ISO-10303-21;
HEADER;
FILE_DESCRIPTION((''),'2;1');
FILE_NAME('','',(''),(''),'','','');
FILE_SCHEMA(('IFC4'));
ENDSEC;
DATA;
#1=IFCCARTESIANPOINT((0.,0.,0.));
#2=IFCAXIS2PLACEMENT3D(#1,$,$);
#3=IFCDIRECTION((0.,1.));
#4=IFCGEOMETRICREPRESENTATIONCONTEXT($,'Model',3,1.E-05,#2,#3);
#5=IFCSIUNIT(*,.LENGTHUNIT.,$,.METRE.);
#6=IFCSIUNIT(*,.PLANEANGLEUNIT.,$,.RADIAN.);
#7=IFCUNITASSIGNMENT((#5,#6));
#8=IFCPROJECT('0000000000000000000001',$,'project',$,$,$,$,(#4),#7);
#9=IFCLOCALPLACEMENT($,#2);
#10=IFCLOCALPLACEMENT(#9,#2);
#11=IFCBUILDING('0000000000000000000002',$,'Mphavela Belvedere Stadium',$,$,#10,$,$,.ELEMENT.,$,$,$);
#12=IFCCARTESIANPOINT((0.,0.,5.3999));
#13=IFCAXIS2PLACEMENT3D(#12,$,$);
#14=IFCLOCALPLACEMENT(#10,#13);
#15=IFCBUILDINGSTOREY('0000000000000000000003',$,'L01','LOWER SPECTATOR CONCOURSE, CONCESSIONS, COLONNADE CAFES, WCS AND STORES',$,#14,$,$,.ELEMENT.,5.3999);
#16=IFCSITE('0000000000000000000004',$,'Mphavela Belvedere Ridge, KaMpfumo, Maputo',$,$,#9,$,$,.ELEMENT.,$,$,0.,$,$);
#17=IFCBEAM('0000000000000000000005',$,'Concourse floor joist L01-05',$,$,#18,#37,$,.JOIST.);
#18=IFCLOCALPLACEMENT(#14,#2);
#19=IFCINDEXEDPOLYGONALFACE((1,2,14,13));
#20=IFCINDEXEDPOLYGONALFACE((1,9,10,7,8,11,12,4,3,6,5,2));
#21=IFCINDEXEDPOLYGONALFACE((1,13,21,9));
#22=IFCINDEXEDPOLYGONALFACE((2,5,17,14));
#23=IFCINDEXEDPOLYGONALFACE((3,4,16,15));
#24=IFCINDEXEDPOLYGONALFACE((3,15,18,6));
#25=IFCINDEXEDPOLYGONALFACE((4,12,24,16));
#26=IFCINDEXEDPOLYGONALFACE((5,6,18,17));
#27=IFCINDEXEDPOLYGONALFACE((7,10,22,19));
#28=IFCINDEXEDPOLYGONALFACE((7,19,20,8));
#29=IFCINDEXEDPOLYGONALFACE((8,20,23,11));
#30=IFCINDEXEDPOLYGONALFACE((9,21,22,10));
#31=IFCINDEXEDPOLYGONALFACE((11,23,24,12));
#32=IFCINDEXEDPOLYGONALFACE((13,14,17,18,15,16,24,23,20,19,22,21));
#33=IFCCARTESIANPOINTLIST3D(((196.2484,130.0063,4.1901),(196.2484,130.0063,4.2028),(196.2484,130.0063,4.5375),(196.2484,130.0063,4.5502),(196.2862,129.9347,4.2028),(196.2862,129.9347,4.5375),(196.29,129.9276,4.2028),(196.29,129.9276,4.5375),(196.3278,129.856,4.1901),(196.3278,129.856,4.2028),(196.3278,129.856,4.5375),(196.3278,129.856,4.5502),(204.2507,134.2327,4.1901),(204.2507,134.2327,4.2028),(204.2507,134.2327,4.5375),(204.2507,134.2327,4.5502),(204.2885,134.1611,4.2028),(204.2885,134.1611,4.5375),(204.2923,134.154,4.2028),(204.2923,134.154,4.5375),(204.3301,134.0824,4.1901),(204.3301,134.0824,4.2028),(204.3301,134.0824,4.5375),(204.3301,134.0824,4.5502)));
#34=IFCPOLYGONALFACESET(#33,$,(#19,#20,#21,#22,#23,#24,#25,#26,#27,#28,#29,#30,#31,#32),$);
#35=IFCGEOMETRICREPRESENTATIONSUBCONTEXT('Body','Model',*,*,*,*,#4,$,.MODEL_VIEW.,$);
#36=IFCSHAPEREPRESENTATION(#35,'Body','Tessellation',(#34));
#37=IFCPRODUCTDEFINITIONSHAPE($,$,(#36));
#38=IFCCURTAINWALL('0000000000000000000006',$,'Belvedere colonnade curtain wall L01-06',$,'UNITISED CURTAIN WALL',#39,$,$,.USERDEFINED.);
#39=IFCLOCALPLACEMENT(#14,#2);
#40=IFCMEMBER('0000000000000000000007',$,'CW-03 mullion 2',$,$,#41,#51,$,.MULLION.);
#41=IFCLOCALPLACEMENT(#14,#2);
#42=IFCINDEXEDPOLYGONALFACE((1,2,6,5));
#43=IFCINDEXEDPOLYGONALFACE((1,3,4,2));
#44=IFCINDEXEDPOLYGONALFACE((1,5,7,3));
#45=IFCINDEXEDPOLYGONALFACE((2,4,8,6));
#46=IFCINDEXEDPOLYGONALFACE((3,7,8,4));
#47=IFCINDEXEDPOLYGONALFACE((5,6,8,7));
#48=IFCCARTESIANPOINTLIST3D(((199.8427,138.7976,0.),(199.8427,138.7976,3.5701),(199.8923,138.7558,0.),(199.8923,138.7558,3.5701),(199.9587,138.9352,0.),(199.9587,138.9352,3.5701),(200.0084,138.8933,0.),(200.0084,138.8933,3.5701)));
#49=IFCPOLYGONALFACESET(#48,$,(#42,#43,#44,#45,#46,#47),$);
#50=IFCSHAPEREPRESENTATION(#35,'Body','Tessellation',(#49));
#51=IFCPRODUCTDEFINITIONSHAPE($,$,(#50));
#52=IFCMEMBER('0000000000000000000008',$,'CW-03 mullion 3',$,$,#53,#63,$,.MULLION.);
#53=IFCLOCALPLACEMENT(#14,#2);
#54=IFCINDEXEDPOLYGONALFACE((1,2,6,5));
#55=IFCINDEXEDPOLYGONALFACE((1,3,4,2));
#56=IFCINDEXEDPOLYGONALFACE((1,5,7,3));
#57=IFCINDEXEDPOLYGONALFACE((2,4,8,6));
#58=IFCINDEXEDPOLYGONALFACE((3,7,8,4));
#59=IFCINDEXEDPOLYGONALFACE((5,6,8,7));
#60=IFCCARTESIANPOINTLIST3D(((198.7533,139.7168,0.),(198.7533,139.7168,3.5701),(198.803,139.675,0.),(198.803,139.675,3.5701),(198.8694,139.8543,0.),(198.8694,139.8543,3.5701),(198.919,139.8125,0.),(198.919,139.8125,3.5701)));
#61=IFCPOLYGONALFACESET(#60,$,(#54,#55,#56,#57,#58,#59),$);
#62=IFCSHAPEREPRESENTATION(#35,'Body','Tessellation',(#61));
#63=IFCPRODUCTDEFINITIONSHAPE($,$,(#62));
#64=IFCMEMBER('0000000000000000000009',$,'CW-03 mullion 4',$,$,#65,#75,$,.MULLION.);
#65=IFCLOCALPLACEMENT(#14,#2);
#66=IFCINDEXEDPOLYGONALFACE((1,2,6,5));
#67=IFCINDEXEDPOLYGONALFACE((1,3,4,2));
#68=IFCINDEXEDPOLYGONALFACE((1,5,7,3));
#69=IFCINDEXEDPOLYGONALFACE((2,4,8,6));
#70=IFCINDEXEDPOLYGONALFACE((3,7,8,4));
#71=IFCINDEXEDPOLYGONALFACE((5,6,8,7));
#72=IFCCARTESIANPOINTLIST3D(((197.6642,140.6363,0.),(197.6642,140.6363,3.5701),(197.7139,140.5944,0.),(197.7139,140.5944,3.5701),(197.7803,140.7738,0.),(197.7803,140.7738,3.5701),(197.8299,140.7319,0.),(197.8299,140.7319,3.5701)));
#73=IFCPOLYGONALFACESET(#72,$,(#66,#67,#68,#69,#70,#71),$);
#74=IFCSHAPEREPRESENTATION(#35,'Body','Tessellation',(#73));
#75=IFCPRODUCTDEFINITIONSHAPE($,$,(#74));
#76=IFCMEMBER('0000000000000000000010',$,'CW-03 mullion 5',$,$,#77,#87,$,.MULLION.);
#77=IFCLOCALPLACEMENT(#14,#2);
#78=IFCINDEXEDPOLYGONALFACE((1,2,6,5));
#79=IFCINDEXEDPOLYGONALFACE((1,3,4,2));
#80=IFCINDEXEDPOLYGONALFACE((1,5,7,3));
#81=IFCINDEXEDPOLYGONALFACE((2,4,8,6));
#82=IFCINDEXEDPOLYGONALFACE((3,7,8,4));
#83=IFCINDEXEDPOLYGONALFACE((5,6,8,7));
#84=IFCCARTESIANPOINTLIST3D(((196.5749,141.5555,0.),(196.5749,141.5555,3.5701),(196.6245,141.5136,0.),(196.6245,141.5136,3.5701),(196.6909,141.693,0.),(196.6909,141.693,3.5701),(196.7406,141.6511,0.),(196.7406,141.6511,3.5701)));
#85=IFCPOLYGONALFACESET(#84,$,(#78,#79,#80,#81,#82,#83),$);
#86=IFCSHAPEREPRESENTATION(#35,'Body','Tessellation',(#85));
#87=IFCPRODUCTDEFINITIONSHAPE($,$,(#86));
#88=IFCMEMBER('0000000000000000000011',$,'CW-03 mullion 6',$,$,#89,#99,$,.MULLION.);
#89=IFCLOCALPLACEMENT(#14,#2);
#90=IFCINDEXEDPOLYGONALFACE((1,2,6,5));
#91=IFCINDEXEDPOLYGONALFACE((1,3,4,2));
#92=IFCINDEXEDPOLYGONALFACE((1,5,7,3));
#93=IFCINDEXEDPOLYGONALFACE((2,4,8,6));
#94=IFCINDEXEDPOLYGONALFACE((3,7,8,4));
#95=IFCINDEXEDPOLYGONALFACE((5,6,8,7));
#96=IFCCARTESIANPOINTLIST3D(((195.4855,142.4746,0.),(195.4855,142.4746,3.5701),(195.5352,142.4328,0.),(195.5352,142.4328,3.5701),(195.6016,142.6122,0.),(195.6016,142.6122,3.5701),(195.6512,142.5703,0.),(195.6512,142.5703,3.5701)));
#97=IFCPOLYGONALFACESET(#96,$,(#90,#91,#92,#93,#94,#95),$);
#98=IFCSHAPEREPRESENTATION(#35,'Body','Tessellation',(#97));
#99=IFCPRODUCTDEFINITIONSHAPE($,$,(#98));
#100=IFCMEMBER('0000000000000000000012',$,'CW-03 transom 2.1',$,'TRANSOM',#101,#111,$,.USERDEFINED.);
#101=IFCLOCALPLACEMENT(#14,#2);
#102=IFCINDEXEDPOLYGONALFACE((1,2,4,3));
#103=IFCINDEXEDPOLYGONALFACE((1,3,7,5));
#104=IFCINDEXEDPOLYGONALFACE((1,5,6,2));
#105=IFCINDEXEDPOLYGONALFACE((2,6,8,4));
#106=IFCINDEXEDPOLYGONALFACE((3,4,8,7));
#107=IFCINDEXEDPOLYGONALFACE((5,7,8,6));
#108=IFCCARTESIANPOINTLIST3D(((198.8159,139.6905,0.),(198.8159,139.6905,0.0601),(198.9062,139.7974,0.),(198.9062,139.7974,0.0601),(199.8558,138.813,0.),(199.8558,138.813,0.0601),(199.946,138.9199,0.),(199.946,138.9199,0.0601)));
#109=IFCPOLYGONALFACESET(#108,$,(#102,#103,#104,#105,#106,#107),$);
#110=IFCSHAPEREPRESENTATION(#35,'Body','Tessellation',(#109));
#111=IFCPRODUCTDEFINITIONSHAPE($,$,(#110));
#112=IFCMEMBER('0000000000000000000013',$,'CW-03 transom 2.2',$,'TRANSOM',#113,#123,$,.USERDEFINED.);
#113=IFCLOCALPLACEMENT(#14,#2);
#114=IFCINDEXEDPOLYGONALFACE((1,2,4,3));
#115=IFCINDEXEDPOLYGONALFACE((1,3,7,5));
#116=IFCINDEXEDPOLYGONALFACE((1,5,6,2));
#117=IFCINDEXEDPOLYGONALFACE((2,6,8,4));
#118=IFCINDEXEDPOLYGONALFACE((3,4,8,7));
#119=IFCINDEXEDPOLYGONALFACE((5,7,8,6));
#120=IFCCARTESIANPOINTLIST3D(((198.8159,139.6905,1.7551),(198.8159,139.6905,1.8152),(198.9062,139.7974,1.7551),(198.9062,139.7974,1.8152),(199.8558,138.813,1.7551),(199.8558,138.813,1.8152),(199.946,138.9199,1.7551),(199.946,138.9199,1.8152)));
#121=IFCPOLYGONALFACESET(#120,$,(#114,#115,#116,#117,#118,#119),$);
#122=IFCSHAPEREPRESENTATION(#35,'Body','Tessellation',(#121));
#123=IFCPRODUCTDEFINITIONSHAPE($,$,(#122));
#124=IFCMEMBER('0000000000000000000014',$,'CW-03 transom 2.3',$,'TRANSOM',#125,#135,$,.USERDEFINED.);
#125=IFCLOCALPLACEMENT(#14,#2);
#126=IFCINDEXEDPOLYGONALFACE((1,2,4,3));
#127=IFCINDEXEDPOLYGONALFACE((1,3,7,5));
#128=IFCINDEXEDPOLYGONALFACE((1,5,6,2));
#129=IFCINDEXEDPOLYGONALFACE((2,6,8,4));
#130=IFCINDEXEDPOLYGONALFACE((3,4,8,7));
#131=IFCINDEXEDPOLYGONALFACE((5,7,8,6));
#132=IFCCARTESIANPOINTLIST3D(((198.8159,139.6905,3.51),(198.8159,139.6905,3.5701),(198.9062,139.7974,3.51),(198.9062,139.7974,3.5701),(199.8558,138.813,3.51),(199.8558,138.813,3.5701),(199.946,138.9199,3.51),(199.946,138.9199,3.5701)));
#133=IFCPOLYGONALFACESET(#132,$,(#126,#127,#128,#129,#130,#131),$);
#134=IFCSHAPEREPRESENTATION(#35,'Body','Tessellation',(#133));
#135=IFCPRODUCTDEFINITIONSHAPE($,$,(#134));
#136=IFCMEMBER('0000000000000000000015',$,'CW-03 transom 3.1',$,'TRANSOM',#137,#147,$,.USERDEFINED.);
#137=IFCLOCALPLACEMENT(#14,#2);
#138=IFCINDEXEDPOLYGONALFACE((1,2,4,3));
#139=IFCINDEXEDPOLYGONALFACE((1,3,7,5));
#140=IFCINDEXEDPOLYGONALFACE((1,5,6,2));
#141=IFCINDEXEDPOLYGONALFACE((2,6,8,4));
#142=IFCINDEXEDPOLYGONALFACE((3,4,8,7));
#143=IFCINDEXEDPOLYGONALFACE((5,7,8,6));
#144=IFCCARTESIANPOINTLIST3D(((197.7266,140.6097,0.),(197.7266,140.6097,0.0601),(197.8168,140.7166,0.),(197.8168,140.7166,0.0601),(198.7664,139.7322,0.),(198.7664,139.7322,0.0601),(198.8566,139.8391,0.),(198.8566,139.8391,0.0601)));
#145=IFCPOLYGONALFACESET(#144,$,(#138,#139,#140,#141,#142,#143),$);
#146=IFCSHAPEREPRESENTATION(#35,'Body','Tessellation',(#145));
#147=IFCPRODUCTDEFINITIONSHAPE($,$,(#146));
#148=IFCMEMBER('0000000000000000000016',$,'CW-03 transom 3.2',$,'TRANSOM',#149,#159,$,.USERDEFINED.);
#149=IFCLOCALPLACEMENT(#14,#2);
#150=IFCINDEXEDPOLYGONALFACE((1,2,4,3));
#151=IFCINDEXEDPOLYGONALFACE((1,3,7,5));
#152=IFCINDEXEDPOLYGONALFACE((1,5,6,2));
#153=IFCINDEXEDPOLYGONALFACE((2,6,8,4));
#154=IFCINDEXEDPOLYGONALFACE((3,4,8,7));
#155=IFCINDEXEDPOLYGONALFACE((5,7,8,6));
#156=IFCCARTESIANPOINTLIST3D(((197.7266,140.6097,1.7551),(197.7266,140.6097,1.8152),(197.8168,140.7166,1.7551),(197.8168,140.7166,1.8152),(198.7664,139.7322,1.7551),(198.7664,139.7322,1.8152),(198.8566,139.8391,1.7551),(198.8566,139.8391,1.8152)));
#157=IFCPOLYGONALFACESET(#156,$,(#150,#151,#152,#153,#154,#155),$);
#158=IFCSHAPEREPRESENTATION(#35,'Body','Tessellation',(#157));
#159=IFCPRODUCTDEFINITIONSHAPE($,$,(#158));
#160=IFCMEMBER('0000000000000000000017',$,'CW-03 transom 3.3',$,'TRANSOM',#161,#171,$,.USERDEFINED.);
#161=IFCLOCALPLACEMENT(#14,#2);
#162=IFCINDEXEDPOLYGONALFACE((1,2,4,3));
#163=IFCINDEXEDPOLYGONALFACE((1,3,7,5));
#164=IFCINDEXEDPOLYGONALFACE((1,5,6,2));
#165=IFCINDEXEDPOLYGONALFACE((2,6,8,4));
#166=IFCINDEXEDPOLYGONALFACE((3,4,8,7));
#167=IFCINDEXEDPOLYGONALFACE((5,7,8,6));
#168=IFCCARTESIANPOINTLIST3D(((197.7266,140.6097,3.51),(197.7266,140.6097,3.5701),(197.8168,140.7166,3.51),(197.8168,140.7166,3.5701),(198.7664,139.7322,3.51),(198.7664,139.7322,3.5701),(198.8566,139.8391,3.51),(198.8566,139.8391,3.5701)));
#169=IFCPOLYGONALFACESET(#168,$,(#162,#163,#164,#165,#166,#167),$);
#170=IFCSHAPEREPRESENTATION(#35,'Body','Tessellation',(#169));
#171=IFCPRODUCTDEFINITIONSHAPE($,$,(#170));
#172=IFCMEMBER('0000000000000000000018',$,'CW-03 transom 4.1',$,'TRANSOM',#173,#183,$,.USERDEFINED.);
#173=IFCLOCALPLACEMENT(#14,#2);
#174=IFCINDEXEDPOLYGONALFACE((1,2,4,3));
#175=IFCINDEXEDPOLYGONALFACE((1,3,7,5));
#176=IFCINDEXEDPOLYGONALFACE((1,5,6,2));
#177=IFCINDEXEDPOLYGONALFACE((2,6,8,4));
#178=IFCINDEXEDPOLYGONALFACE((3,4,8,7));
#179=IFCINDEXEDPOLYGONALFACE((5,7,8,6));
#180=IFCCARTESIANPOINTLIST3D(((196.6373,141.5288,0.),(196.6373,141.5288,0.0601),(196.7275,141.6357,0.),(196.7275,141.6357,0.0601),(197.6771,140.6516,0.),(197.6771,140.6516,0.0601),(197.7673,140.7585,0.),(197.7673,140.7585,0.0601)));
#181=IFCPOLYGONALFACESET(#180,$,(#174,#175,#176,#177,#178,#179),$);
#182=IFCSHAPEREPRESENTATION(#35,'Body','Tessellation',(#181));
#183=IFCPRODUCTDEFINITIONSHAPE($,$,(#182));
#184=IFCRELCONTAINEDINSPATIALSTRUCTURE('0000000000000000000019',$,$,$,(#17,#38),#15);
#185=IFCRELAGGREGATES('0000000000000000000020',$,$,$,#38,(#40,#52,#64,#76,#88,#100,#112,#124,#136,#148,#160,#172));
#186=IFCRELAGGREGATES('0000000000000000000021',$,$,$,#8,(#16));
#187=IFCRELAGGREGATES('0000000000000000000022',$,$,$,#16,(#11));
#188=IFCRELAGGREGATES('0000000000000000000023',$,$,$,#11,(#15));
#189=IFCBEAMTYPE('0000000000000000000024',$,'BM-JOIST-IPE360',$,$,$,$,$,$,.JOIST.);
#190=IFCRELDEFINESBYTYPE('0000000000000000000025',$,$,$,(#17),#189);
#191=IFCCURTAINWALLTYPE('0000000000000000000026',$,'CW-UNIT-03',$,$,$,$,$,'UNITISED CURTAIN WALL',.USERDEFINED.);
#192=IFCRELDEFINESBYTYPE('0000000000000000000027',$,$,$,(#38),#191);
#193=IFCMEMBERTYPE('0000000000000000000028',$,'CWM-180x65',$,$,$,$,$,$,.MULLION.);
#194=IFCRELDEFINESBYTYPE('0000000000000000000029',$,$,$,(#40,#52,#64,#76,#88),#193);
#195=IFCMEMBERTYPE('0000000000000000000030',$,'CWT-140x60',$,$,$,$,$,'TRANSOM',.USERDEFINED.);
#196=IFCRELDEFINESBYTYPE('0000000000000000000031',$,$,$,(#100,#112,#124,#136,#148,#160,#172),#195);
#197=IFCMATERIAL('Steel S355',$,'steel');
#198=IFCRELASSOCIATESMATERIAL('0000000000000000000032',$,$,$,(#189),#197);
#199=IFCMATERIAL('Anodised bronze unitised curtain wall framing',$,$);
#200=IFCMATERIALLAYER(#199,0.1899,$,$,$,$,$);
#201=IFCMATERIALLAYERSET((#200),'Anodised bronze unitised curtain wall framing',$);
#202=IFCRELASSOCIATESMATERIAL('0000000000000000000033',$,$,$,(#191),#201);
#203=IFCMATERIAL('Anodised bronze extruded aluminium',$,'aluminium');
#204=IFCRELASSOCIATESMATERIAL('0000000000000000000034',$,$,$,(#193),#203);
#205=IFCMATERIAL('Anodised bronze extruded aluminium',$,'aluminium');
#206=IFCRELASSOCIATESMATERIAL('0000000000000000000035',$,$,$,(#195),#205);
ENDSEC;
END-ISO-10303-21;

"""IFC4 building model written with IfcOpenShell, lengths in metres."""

from ifc_helpers import new_model, si_unit, direction, frame, origin, origin_2d, place, context, subcontext, project, spatial, rectangle, i_section, extrude, material, layer, layer_set, material_profile, profile_set, type_object, element, aggregate, save


model = new_model("IFC4")

# Units and contexts
model_context = context("Model", 3, precision=1e-05, world=origin(), true_north=direction((0.0, 1.0)))
body_context = subcontext(model_context, "Body", "Model", "MODEL_VIEW")
ifc_project = project(units=[si_unit("LENGTHUNIT", "METRE"), si_unit("PLANEANGLEUNIT", "RADIAN")], contexts=[model_context])

# Site, building, storey
site_placement = place(None, origin())
site = spatial("IfcSite", under=ifc_project, at=site_placement, Name="Mphavela Belvedere Ridge, KaMpfumo, Maputo", CompositionType="ELEMENT", RefElevation=0.0)
building_placement = place(site_placement, origin())
building = spatial("IfcBuilding", under=site, at=building_placement, Name="Mphavela Belvedere Stadium", CompositionType="ELEMENT")
storey_placement = place(building_placement, frame((0.0, 0.0, 5.3999)))
storey = spatial("IfcBuildingStorey", under=building, at=storey_placement, Name="L01", Description="LOWER SPECTATOR CONCOURSE, CONCESSIONS, COLONNADE CAFES, WCS AND STORES", CompositionType="ELEMENT", Elevation=5.3999)

# Beam
ifc_material_1 = material(Name="Steel S355", Category="steel")
ifc_material_profile_1 = material_profile(ifc_material_1, i_section(OverallWidth=0.1699, OverallDepth=0.3601, WebThickness=0.0081, FlangeThickness=0.0127, at=origin_2d()), Name="IPE 360")
ifc_profile_set_1 = profile_set([ifc_material_profile_1], Name="Steel S355")
beam_type = type_object("IfcBeamType", Name="BM-JOIST-IPE360", PredefinedType="JOIST", material=ifc_profile_set_1)
beam_placement = place(storey_placement, frame((196.2881, 129.9312, 4.3701), z_axis=(0.884251, 0.467012, 0.0), x_axis=(-0.467012, 0.884251, 0.0)))
element("IfcBeam", 1, at=beam_placement, inside=storey, type_object=beam_type, Name="Concourse floor joist L01-05", PredefinedType="JOIST", context=body_context, shape_type="SweptSolid", body=[
    extrude(i_section(OverallWidth=0.1699, OverallDepth=0.3601, WebThickness=0.0081, FlangeThickness=0.0127, at=origin_2d()), origin(), (0.0, 0.0, 1.0), 9.0498),
])

# Curtain wall, members
ifc_material_2 = material(Name="Anodised bronze unitised curtain wall framing")
ifc_layer_1 = layer(ifc_material_2, 0.1899)
ifc_layer_set_1 = layer_set([ifc_layer_1], Name="Anodised bronze unitised curtain wall framing")
curtain_wall_type = type_object("IfcCurtainWallType", Name="CW-UNIT-03", ElementType="UNITISED CURTAIN WALL", PredefinedType="USERDEFINED", material=ifc_layer_set_1)
curtain_wall_placement = place(storey_placement, origin())
curtain_wall = element("IfcCurtainWall", 2, at=curtain_wall_placement, inside=storey, type_object=curtain_wall_type, Name="Belvedere colonnade curtain wall L01-06", ObjectType="UNITISED CURTAIN WALL", PredefinedType="USERDEFINED")
ifc_material_3 = material(Name="Anodised bronze extruded aluminium", Category="aluminium")
ifc_material_profile_2 = material_profile(ifc_material_3, rectangle(XDim=0.1799, YDim=0.0649, at=origin_2d()), Name="CW-MUL 180x65")
ifc_profile_set_2 = profile_set([ifc_material_profile_2], Name="Anodised bronze extruded aluminium")
member_type_1 = type_object("IfcMemberType", Name="CWM-180x65", PredefinedType="MULLION", material=ifc_profile_set_2)
member_1_placement = place(storey_placement, frame((199.9255, 138.8455, 0.0), z_axis=(0.0, 0.0, 1.0), x_axis=(-0.64491, -0.764259, 0.0)))
member_1 = element("IfcMember", 3, at=member_1_placement, type_object=member_type_1, Name="CW-03 mullion 2", PredefinedType="MULLION", context=body_context, shape_type="SweptSolid", body=[
    extrude(rectangle(XDim=0.1799, YDim=0.0649, at=origin_2d()), origin(), (0.0, 0.0, 1.0), 3.5701),
])
member_2_placement = place(storey_placement, frame((198.8362, 139.7646, 0.0), z_axis=(0.0, 0.0, 1.0), x_axis=(-0.64491, -0.764259, 0.0)))
member_2 = element("IfcMember", 4, at=member_2_placement, type_object=member_type_1, Name="CW-03 mullion 3", PredefinedType="MULLION", context=body_context, shape_type="SweptSolid", body=[
    extrude(rectangle(XDim=0.1799, YDim=0.0649, at=origin_2d()), origin(), (0.0, 0.0, 1.0), 3.5701),
])
member_3_placement = place(storey_placement, frame((197.7471, 140.6841, 0.0), z_axis=(0.0, 0.0, 1.0), x_axis=(-0.64491, -0.764259, 0.0)))
member_3 = element("IfcMember", 5, at=member_3_placement, type_object=member_type_1, Name="CW-03 mullion 4", PredefinedType="MULLION", context=body_context, shape_type="SweptSolid", body=[
    extrude(rectangle(XDim=0.1799, YDim=0.0649, at=origin_2d()), origin(), (0.0, 0.0, 1.0), 3.5701),
])
member_4_placement = place(storey_placement, frame((196.6577, 141.6033, 0.0), z_axis=(0.0, 0.0, 1.0), x_axis=(-0.64491, -0.764259, 0.0)))
member_4 = element("IfcMember", 6, at=member_4_placement, type_object=member_type_1, Name="CW-03 mullion 5", PredefinedType="MULLION", context=body_context, shape_type="SweptSolid", body=[
    extrude(rectangle(XDim=0.1799, YDim=0.0649, at=origin_2d()), origin(), (0.0, 0.0, 1.0), 3.5701),
])
member_5_placement = place(storey_placement, frame((195.5684, 142.5225, 0.0), z_axis=(0.0, 0.0, 1.0), x_axis=(-0.64491, -0.764259, 0.0)))
member_5 = element("IfcMember", 7, at=member_5_placement, type_object=member_type_1, Name="CW-03 mullion 6", PredefinedType="MULLION", context=body_context, shape_type="SweptSolid", body=[
    extrude(rectangle(XDim=0.1799, YDim=0.0649, at=origin_2d()), origin(), (0.0, 0.0, 1.0), 3.5701),
])
ifc_material_4 = material(Name="Anodised bronze extruded aluminium", Category="aluminium")
ifc_material_profile_3 = material_profile(ifc_material_4, rectangle(XDim=0.1399, YDim=0.0601, at=origin_2d()), Name="CW-TRN 140x60")
ifc_profile_set_3 = profile_set([ifc_material_profile_3], Name="Anodised bronze extruded aluminium")
member_type_2 = type_object("IfcMemberType", Name="CWT-140x60", ElementType="TRANSOM", PredefinedType="USERDEFINED", material=ifc_profile_set_3)
member_6_placement = place(storey_placement, frame((199.9009, 138.8665, 0.03), z_axis=(-0.76425, 0.64492, 0.0), x_axis=(-0.64492, -0.76425, 0.0)))
member_6 = element("IfcMember", 8, at=member_6_placement, type_object=member_type_2, Name="CW-03 transom 2.1", ObjectType="TRANSOM", PredefinedType="USERDEFINED", context=body_context, shape_type="SweptSolid", body=[
    extrude(rectangle(XDim=0.1399, YDim=0.0601, at=origin_2d()), origin(), (0.0, 0.0, 1.0), 1.3606),
])
member_7_placement = place(storey_placement, frame((199.9009, 138.8665, 1.7852), z_axis=(-0.76425, 0.64492, 0.0), x_axis=(-0.64492, -0.76425, 0.0)))
member_7 = element("IfcMember", 9, at=member_7_placement, type_object=member_type_2, Name="CW-03 transom 2.2", ObjectType="TRANSOM", PredefinedType="USERDEFINED", context=body_context, shape_type="SweptSolid", body=[
    extrude(rectangle(XDim=0.1399, YDim=0.0601, at=origin_2d()), origin(), (0.0, 0.0, 1.0), 1.3606),
])
member_8_placement = place(storey_placement, frame((199.9009, 138.8665, 3.54), z_axis=(-0.76425, 0.64492, 0.0), x_axis=(-0.64492, -0.76425, 0.0)))
member_8 = element("IfcMember", 10, at=member_8_placement, type_object=member_type_2, Name="CW-03 transom 2.3", ObjectType="TRANSOM", PredefinedType="USERDEFINED", context=body_context, shape_type="SweptSolid", body=[
    extrude(rectangle(XDim=0.1399, YDim=0.0601, at=origin_2d()), origin(), (0.0, 0.0, 1.0), 1.3606),
])
member_9_placement = place(storey_placement, frame((198.8115, 139.7856, 0.03), z_axis=(-0.76425, 0.64492, 0.0), x_axis=(-0.64492, -0.76425, 0.0)))
member_9 = element("IfcMember", 11, at=member_9_placement, type_object=member_type_2, Name="CW-03 transom 3.1", ObjectType="TRANSOM", PredefinedType="USERDEFINED", context=body_context, shape_type="SweptSolid", body=[
    extrude(rectangle(XDim=0.1399, YDim=0.0601, at=origin_2d()), origin(), (0.0, 0.0, 1.0), 1.3606),
])
member_10_placement = place(storey_placement, frame((198.8115, 139.7856, 1.7852), z_axis=(-0.76425, 0.64492, 0.0), x_axis=(-0.64492, -0.76425, 0.0)))
member_10 = element("IfcMember", 12, at=member_10_placement, type_object=member_type_2, Name="CW-03 transom 3.2", ObjectType="TRANSOM", PredefinedType="USERDEFINED", context=body_context, shape_type="SweptSolid", body=[
    extrude(rectangle(XDim=0.1399, YDim=0.0601, at=origin_2d()), origin(), (0.0, 0.0, 1.0), 1.3606),
])
member_11_placement = place(storey_placement, frame((198.8115, 139.7856, 3.54), z_axis=(-0.76425, 0.64492, 0.0), x_axis=(-0.64492, -0.76425, 0.0)))
member_11 = element("IfcMember", 13, at=member_11_placement, type_object=member_type_2, Name="CW-03 transom 3.3", ObjectType="TRANSOM", PredefinedType="USERDEFINED", context=body_context, shape_type="SweptSolid", body=[
    extrude(rectangle(XDim=0.1399, YDim=0.0601, at=origin_2d()), origin(), (0.0, 0.0, 1.0), 1.3606),
])
member_12_placement = place(storey_placement, frame((197.7222, 140.7051, 0.03), z_axis=(-0.764338, 0.644815, 0.0), x_axis=(-0.644815, -0.764338, 0.0)))
member_12 = element("IfcMember", 14, at=member_12_placement, type_object=member_type_2, Name="CW-03 transom 4.1", ObjectType="TRANSOM", PredefinedType="USERDEFINED", context=body_context, shape_type="SweptSolid", body=[
    extrude(rectangle(XDim=0.1399, YDim=0.0601, at=origin_2d()), origin(), (0.0, 0.0, 1.0), 1.3604),
])
aggregate(curtain_wall, [member_1, member_2, member_3, member_4, member_5, member_6, member_7, member_8, member_9, member_10, member_11, member_12])

save(model, "model.ifc")
